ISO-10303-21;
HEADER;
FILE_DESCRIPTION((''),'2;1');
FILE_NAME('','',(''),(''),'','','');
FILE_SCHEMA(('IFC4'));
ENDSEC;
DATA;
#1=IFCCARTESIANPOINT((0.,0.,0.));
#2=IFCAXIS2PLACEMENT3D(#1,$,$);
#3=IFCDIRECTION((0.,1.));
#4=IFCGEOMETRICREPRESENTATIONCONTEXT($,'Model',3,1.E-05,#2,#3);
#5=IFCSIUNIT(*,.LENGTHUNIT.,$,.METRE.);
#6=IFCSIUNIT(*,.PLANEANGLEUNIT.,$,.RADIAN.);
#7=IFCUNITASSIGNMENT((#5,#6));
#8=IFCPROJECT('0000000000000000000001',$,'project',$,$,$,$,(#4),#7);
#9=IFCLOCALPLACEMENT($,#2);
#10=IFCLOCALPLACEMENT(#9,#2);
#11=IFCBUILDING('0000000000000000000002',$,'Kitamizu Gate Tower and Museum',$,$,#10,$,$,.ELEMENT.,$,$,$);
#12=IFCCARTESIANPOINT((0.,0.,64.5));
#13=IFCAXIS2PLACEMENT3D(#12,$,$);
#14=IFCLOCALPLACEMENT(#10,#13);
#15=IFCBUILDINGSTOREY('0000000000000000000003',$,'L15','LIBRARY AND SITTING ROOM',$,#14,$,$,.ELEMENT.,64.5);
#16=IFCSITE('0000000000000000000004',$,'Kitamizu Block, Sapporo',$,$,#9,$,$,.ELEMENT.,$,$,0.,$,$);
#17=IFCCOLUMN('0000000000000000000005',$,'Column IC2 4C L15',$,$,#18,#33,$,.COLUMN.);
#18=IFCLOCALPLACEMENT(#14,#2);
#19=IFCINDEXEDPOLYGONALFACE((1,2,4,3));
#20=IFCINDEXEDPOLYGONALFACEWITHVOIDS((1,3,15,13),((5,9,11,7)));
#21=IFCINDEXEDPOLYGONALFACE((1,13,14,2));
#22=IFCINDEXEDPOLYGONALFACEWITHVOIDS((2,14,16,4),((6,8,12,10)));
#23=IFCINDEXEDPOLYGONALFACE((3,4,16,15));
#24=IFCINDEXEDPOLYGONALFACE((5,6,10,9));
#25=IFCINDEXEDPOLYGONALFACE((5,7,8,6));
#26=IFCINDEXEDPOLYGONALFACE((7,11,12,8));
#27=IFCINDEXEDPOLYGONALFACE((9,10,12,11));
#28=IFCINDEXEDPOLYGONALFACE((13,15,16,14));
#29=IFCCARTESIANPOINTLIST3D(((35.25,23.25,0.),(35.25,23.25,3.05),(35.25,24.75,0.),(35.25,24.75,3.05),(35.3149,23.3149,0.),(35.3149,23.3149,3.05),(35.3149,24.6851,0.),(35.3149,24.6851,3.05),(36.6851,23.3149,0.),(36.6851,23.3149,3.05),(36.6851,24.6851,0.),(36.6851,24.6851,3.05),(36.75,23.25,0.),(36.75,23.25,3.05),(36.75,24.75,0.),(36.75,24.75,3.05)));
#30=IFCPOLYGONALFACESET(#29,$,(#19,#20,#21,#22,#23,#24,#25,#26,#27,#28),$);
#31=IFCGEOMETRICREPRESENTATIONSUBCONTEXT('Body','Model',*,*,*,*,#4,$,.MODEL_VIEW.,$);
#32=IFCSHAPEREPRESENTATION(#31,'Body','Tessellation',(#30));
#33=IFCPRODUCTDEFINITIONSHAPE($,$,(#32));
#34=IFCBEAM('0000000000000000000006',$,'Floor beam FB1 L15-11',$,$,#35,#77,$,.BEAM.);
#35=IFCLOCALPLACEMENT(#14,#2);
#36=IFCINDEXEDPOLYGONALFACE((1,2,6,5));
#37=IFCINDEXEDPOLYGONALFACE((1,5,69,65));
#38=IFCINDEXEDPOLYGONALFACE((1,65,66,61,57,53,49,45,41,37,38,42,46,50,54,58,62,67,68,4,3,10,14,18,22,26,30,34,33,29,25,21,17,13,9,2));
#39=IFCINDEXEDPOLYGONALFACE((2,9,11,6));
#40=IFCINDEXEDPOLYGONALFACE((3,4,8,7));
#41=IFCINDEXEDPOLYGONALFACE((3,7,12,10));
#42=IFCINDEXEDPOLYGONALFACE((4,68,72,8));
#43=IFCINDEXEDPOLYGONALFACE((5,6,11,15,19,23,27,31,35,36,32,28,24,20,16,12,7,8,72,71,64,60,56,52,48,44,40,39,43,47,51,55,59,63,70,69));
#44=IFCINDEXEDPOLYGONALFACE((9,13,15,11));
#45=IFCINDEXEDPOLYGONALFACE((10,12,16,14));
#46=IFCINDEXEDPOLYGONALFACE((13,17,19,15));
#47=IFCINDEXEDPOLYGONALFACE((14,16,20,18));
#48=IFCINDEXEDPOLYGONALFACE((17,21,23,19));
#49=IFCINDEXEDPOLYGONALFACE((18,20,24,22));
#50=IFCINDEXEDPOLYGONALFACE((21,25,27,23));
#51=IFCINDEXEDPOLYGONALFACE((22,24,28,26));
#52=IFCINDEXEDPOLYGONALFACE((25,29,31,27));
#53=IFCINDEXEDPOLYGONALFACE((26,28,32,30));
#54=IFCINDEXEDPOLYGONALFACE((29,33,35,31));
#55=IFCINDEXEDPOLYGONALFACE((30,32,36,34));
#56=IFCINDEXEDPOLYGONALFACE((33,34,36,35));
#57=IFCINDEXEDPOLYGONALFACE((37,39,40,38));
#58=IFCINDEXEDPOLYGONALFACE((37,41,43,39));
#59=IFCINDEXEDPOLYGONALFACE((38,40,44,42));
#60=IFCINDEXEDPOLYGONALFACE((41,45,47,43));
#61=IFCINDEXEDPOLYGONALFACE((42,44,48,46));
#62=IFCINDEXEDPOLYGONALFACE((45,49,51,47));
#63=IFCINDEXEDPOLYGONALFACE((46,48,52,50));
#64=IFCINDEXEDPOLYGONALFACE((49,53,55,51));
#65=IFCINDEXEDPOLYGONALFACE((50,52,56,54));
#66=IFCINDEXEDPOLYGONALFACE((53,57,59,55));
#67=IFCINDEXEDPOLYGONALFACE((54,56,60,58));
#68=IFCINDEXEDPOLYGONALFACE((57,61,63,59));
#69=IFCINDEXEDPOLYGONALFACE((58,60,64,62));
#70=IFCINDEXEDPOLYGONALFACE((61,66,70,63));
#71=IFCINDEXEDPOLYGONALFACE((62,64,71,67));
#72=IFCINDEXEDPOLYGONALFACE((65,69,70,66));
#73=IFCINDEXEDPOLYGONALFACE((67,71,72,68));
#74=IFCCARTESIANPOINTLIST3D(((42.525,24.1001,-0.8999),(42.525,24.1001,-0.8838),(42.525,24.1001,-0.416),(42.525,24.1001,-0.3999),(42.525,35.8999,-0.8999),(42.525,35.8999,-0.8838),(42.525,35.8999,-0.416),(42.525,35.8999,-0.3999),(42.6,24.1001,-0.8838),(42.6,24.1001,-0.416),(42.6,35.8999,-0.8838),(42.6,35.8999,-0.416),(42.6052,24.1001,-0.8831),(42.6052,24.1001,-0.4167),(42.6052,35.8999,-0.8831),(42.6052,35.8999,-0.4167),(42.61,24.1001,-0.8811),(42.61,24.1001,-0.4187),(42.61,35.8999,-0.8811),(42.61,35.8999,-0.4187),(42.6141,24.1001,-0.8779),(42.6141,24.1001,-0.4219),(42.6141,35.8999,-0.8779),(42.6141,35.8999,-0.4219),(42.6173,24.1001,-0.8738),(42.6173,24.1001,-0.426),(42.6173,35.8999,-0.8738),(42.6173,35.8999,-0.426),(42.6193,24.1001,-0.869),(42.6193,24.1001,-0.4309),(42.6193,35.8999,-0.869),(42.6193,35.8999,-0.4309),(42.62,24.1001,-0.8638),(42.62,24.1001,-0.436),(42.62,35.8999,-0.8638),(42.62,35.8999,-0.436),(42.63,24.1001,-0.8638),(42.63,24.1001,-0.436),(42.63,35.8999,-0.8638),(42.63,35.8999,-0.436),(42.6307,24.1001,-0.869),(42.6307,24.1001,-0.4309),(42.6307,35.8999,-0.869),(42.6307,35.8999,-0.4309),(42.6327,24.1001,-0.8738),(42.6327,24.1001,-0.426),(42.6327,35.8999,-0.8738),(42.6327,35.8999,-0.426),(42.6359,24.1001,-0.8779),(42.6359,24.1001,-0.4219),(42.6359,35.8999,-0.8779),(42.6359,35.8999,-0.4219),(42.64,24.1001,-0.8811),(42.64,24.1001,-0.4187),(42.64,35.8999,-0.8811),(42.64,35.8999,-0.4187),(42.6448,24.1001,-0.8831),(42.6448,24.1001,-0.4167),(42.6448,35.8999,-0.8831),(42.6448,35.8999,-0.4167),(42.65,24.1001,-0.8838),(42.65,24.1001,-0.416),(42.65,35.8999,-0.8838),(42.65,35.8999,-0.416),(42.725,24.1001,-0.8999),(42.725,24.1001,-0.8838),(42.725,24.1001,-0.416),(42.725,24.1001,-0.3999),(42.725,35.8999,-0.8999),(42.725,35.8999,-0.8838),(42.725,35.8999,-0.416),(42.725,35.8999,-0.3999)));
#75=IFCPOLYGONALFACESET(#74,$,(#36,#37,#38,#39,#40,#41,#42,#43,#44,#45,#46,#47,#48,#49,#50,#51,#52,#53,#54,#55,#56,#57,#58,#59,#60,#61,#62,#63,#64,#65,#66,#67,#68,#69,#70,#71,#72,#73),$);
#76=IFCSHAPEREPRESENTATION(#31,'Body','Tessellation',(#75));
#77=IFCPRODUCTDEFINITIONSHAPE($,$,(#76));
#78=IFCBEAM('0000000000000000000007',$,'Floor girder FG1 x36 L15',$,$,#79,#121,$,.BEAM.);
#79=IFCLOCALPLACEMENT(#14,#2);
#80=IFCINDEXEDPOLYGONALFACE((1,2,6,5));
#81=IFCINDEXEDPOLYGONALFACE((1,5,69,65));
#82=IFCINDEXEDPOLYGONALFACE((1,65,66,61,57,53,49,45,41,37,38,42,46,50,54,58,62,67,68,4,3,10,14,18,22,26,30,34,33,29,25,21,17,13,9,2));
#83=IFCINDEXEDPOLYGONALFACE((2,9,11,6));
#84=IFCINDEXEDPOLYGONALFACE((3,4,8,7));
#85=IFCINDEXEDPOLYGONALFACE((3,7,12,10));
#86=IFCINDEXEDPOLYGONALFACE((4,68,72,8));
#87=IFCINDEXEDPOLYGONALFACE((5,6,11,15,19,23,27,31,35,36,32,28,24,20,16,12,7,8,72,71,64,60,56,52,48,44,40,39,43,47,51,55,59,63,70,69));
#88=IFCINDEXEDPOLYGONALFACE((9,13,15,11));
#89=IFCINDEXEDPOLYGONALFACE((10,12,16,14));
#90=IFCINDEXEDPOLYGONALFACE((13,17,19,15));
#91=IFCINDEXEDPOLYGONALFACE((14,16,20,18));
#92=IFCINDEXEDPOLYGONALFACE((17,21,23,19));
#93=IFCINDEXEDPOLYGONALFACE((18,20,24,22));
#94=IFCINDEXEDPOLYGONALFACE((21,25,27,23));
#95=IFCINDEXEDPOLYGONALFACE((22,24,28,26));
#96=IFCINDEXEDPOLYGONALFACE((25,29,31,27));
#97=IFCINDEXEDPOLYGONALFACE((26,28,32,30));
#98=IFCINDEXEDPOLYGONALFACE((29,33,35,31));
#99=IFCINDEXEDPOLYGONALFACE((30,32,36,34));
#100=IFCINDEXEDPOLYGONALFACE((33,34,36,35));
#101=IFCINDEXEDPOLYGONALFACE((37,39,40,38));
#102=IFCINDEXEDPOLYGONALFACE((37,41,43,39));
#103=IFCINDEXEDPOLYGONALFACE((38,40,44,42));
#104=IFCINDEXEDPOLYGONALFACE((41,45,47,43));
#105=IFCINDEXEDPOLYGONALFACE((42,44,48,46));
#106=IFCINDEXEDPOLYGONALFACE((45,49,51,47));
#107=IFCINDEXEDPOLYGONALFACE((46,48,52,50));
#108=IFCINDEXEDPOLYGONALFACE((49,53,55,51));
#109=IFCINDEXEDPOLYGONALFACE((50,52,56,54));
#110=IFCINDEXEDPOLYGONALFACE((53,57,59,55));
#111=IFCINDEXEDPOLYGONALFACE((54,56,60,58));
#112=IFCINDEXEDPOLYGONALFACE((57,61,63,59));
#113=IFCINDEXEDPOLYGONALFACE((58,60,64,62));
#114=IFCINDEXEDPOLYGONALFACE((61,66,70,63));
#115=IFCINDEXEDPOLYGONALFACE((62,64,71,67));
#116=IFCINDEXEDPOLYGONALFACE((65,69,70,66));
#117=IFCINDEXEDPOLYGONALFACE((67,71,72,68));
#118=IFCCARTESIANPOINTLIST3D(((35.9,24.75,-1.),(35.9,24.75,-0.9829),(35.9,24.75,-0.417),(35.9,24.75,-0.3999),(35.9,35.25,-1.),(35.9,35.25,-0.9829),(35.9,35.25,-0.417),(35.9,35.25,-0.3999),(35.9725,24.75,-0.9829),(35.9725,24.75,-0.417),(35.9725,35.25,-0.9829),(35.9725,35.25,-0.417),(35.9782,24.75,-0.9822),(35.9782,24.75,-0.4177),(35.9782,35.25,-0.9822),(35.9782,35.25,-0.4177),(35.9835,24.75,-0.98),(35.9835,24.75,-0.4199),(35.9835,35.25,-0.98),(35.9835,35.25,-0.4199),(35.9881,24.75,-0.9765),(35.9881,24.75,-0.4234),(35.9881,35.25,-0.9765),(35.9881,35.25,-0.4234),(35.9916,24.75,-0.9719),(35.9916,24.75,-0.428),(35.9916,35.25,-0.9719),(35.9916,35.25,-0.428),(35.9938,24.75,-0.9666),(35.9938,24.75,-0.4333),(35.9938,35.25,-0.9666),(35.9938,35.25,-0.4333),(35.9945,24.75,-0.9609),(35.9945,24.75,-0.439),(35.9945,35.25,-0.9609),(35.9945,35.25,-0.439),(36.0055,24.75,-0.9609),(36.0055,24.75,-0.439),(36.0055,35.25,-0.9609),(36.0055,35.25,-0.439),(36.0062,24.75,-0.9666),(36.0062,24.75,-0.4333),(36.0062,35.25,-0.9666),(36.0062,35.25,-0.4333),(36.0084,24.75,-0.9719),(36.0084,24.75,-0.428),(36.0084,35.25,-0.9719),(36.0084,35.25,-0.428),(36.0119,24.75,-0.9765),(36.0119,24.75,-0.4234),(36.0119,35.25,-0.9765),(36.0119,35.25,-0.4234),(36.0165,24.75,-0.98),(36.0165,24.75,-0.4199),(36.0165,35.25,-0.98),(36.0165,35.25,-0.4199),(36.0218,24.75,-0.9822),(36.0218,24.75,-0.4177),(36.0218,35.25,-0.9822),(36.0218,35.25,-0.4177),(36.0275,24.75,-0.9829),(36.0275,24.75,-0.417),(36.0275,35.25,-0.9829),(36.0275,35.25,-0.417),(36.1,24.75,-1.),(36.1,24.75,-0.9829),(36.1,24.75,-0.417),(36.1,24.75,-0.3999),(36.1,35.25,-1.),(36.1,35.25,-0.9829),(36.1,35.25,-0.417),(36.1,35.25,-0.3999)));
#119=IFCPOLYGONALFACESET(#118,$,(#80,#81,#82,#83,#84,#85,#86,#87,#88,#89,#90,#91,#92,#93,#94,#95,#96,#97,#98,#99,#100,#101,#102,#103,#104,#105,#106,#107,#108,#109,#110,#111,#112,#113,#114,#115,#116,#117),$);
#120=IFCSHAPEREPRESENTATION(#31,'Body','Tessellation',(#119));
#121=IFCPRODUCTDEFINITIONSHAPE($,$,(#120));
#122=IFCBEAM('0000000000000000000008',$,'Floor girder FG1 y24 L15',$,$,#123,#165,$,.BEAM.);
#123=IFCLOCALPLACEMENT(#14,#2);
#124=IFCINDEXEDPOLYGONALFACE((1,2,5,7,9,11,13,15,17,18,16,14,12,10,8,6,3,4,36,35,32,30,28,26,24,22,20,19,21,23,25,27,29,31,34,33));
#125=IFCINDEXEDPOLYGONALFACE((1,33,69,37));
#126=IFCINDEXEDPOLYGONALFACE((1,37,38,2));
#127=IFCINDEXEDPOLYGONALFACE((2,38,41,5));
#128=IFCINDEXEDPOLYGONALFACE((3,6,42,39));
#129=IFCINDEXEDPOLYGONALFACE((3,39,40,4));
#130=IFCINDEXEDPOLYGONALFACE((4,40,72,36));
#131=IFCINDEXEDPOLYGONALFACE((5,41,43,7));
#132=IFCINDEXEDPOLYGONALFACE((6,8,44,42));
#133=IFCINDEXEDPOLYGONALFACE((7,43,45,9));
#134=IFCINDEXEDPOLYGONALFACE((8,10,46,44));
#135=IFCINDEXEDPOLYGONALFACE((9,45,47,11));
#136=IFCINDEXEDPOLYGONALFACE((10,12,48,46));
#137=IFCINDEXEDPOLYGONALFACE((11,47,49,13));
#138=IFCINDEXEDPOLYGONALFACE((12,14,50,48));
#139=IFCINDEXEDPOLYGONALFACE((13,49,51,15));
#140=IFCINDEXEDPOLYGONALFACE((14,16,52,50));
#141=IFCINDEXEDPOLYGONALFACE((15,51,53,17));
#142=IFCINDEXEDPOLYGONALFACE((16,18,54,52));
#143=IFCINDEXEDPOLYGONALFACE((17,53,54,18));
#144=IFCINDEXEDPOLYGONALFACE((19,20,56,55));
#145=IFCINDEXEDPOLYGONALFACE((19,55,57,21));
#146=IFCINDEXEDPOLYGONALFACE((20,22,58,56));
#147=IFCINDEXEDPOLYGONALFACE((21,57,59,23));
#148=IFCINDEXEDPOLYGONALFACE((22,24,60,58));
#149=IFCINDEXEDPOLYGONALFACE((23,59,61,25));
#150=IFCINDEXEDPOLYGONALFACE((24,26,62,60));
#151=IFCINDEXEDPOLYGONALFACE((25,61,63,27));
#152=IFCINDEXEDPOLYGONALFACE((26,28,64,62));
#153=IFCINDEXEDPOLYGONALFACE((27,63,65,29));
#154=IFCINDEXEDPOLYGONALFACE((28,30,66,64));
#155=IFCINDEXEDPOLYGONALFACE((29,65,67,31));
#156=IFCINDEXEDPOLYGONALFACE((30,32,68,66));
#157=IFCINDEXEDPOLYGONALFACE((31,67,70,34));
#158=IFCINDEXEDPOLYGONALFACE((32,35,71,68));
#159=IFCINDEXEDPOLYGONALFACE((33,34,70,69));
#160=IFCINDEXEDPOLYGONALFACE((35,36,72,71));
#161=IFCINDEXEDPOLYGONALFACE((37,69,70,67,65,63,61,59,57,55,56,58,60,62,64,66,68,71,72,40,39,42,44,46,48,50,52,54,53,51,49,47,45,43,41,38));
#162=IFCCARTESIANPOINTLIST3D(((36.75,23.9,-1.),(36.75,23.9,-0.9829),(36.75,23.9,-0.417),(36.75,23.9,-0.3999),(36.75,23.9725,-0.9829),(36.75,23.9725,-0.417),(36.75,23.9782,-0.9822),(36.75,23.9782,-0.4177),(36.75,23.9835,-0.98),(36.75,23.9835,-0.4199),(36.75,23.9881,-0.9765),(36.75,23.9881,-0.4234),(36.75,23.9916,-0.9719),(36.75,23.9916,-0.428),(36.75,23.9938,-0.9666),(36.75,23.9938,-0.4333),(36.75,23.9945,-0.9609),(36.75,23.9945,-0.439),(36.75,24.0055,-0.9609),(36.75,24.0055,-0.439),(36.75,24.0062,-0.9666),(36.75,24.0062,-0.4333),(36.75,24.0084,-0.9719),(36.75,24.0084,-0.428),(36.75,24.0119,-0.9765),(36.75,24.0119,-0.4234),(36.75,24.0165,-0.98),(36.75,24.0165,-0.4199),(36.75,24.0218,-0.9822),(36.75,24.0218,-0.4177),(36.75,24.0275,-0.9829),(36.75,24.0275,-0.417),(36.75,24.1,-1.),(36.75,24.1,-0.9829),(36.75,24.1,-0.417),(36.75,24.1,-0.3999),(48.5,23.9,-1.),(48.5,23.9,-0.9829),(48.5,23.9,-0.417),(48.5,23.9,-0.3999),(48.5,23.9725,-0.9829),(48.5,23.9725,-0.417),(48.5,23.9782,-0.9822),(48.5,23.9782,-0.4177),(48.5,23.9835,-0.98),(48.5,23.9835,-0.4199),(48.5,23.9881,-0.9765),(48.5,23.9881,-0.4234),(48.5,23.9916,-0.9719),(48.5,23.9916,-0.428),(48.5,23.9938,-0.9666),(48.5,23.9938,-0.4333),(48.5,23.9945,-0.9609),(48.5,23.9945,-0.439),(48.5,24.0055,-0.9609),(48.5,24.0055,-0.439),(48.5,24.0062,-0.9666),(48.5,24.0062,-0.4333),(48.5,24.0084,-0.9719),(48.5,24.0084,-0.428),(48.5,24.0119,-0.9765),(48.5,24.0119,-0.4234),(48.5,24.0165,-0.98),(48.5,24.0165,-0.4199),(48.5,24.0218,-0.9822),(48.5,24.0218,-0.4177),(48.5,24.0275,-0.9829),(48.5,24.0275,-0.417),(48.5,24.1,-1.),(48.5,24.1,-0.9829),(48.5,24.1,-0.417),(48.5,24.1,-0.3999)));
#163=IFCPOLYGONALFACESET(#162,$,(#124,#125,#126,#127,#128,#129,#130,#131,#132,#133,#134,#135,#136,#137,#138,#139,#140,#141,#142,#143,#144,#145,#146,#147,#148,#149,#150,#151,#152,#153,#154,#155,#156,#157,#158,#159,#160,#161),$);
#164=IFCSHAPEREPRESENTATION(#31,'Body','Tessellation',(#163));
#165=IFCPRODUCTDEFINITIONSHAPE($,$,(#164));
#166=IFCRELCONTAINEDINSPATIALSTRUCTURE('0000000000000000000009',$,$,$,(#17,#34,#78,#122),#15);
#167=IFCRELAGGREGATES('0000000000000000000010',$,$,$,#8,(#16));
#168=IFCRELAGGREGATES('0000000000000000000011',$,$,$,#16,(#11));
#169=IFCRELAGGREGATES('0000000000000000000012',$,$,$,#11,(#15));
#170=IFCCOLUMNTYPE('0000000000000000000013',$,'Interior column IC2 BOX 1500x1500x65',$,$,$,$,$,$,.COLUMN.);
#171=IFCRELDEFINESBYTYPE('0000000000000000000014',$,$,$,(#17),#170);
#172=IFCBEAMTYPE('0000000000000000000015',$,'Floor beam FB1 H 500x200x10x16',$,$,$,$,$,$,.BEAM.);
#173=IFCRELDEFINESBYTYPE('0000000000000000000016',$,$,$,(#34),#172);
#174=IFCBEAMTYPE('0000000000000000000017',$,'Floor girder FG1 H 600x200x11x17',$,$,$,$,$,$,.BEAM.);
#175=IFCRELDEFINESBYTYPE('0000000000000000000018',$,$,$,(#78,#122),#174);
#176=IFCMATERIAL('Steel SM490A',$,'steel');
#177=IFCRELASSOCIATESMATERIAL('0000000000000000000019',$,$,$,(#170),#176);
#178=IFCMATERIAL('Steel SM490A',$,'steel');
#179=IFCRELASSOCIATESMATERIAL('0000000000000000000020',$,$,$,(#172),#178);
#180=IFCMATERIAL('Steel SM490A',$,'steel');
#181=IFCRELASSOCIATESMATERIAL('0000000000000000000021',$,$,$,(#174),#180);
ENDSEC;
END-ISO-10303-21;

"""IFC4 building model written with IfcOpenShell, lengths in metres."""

from ifc_helpers import new_model, si_unit, direction, frame, origin, origin_2d, place, context, subcontext, project, spatial, hollow_rectangle, i_section, extrude, material, material_profile, profile_set, type_object, element, save


model = new_model("IFC4")

# Units and contexts
model_context = context("Model", 3, precision=1e-05, world=origin(), true_north=direction((0.0, 1.0)))
body_context = subcontext(model_context, "Body", "Model", "MODEL_VIEW")
ifc_project = project(units=[si_unit("LENGTHUNIT", "METRE"), si_unit("PLANEANGLEUNIT", "RADIAN")], contexts=[model_context])

# Site, building, storey
site_placement = place(None, origin())
site = spatial("IfcSite", under=ifc_project, at=site_placement, Name="Kitamizu Block, Sapporo", CompositionType="ELEMENT", RefElevation=0.0)
building_placement = place(site_placement, origin())
building = spatial("IfcBuilding", under=site, at=building_placement, Name="Kitamizu Gate Tower and Museum", CompositionType="ELEMENT")
storey_placement = place(building_placement, frame((0.0, 0.0, 64.5)))
storey = spatial("IfcBuildingStorey", under=building, at=storey_placement, Name="L15", Description="LIBRARY AND SITTING ROOM", CompositionType="ELEMENT", Elevation=64.5)

# Column
ifc_material_1 = material(Name="Steel SM490A", Category="steel")
ifc_material_profile_1 = material_profile(ifc_material_1, hollow_rectangle(XDim=1.5, YDim=1.5, WallThickness=0.0649, at=origin_2d()), Name="BOX 1500x1500x65")
ifc_profile_set_1 = profile_set([ifc_material_profile_1], Name="Steel SM490A")
column_type = type_object("IfcColumnType", Name="Interior column IC2 BOX 1500x1500x65", PredefinedType="COLUMN", material=ifc_profile_set_1)
column_placement = place(storey_placement, frame((36.0, 24.0, 0.0), z_axis=(0.0, 0.0, 1.0), x_axis=(1.0, 0.0, 0.0)))
element("IfcColumn", 1, at=column_placement, inside=storey, type_object=column_type, Name="Column IC2 4C L15", PredefinedType="COLUMN", context=body_context, shape_type="SweptSolid", body=[
    extrude(hollow_rectangle(XDim=1.5, YDim=1.5, WallThickness=0.0649, at=origin_2d()), origin(), (0.0, 0.0, 1.0), 3.05),
])

# Beams
ifc_material_2 = material(Name="Steel SM490A", Category="steel")
ifc_material_profile_2 = material_profile(ifc_material_2, i_section(OverallWidth=0.2, OverallDepth=0.5, WebThickness=0.01, FlangeThickness=0.0161, FilletRadius=0.02, at=origin_2d()), Name="H-500x200x10x16")
ifc_profile_set_2 = profile_set([ifc_material_profile_2], Name="Steel SM490A")
beam_type_1 = type_object("IfcBeamType", Name="Floor beam FB1 H 500x200x10x16", PredefinedType="BEAM", material=ifc_profile_set_2)
beam_1_placement = place(storey_placement, frame((42.625, 24.1001, -0.6499), z_axis=(0.0, 1.0, 0.0), x_axis=(-1.0, 0.0, 0.0)))
element("IfcBeam", 2, at=beam_1_placement, inside=storey, type_object=beam_type_1, Name="Floor beam FB1 L15-11", PredefinedType="BEAM", context=body_context, shape_type="SweptSolid", body=[
    extrude(i_section(OverallWidth=0.2, OverallDepth=0.5, WebThickness=0.01, FlangeThickness=0.0161, FilletRadius=0.02, at=origin_2d()), origin(), (0.0, 0.0, 1.0), 11.7998),
])
ifc_material_3 = material(Name="Steel SM490A", Category="steel")
ifc_material_profile_3 = material_profile(ifc_material_3, i_section(OverallWidth=0.2, OverallDepth=0.6001, WebThickness=0.011, FlangeThickness=0.0171, FilletRadius=0.022, at=origin_2d()), Name="H-600x200x11x17")
ifc_profile_set_3 = profile_set([ifc_material_profile_3], Name="Steel SM490A")
beam_type_2 = type_object("IfcBeamType", Name="Floor girder FG1 H 600x200x11x17", PredefinedType="BEAM", material=ifc_profile_set_3)
beam_2_placement = place(storey_placement, frame((36.0, 24.75, -0.7), z_axis=(0.0, 1.0, 0.0), x_axis=(-1.0, 0.0, 0.0)))
element("IfcBeam", 3, at=beam_2_placement, inside=storey, type_object=beam_type_2, Name="Floor girder FG1 x36 L15", PredefinedType="BEAM", context=body_context, shape_type="SweptSolid", body=[
    extrude(i_section(OverallWidth=0.2, OverallDepth=0.6001, WebThickness=0.011, FlangeThickness=0.0171, FilletRadius=0.022, at=origin_2d()), origin(), (0.0, 0.0, 1.0), 10.5),
])
beam_3_placement = place(storey_placement, frame((36.75, 24.0, -0.7), z_axis=(1.0, 0.0, 0.0), x_axis=(0.0, 1.0, 0.0)))
element("IfcBeam", 4, at=beam_3_placement, inside=storey, type_object=beam_type_2, Name="Floor girder FG1 y24 L15", PredefinedType="BEAM", context=body_context, shape_type="SweptSolid", body=[
    extrude(i_section(OverallWidth=0.2, OverallDepth=0.6001, WebThickness=0.011, FlangeThickness=0.0171, FilletRadius=0.022, at=origin_2d()), origin(), (0.0, 0.0, 1.0), 11.75),
])

save(model, "model.ifc")
